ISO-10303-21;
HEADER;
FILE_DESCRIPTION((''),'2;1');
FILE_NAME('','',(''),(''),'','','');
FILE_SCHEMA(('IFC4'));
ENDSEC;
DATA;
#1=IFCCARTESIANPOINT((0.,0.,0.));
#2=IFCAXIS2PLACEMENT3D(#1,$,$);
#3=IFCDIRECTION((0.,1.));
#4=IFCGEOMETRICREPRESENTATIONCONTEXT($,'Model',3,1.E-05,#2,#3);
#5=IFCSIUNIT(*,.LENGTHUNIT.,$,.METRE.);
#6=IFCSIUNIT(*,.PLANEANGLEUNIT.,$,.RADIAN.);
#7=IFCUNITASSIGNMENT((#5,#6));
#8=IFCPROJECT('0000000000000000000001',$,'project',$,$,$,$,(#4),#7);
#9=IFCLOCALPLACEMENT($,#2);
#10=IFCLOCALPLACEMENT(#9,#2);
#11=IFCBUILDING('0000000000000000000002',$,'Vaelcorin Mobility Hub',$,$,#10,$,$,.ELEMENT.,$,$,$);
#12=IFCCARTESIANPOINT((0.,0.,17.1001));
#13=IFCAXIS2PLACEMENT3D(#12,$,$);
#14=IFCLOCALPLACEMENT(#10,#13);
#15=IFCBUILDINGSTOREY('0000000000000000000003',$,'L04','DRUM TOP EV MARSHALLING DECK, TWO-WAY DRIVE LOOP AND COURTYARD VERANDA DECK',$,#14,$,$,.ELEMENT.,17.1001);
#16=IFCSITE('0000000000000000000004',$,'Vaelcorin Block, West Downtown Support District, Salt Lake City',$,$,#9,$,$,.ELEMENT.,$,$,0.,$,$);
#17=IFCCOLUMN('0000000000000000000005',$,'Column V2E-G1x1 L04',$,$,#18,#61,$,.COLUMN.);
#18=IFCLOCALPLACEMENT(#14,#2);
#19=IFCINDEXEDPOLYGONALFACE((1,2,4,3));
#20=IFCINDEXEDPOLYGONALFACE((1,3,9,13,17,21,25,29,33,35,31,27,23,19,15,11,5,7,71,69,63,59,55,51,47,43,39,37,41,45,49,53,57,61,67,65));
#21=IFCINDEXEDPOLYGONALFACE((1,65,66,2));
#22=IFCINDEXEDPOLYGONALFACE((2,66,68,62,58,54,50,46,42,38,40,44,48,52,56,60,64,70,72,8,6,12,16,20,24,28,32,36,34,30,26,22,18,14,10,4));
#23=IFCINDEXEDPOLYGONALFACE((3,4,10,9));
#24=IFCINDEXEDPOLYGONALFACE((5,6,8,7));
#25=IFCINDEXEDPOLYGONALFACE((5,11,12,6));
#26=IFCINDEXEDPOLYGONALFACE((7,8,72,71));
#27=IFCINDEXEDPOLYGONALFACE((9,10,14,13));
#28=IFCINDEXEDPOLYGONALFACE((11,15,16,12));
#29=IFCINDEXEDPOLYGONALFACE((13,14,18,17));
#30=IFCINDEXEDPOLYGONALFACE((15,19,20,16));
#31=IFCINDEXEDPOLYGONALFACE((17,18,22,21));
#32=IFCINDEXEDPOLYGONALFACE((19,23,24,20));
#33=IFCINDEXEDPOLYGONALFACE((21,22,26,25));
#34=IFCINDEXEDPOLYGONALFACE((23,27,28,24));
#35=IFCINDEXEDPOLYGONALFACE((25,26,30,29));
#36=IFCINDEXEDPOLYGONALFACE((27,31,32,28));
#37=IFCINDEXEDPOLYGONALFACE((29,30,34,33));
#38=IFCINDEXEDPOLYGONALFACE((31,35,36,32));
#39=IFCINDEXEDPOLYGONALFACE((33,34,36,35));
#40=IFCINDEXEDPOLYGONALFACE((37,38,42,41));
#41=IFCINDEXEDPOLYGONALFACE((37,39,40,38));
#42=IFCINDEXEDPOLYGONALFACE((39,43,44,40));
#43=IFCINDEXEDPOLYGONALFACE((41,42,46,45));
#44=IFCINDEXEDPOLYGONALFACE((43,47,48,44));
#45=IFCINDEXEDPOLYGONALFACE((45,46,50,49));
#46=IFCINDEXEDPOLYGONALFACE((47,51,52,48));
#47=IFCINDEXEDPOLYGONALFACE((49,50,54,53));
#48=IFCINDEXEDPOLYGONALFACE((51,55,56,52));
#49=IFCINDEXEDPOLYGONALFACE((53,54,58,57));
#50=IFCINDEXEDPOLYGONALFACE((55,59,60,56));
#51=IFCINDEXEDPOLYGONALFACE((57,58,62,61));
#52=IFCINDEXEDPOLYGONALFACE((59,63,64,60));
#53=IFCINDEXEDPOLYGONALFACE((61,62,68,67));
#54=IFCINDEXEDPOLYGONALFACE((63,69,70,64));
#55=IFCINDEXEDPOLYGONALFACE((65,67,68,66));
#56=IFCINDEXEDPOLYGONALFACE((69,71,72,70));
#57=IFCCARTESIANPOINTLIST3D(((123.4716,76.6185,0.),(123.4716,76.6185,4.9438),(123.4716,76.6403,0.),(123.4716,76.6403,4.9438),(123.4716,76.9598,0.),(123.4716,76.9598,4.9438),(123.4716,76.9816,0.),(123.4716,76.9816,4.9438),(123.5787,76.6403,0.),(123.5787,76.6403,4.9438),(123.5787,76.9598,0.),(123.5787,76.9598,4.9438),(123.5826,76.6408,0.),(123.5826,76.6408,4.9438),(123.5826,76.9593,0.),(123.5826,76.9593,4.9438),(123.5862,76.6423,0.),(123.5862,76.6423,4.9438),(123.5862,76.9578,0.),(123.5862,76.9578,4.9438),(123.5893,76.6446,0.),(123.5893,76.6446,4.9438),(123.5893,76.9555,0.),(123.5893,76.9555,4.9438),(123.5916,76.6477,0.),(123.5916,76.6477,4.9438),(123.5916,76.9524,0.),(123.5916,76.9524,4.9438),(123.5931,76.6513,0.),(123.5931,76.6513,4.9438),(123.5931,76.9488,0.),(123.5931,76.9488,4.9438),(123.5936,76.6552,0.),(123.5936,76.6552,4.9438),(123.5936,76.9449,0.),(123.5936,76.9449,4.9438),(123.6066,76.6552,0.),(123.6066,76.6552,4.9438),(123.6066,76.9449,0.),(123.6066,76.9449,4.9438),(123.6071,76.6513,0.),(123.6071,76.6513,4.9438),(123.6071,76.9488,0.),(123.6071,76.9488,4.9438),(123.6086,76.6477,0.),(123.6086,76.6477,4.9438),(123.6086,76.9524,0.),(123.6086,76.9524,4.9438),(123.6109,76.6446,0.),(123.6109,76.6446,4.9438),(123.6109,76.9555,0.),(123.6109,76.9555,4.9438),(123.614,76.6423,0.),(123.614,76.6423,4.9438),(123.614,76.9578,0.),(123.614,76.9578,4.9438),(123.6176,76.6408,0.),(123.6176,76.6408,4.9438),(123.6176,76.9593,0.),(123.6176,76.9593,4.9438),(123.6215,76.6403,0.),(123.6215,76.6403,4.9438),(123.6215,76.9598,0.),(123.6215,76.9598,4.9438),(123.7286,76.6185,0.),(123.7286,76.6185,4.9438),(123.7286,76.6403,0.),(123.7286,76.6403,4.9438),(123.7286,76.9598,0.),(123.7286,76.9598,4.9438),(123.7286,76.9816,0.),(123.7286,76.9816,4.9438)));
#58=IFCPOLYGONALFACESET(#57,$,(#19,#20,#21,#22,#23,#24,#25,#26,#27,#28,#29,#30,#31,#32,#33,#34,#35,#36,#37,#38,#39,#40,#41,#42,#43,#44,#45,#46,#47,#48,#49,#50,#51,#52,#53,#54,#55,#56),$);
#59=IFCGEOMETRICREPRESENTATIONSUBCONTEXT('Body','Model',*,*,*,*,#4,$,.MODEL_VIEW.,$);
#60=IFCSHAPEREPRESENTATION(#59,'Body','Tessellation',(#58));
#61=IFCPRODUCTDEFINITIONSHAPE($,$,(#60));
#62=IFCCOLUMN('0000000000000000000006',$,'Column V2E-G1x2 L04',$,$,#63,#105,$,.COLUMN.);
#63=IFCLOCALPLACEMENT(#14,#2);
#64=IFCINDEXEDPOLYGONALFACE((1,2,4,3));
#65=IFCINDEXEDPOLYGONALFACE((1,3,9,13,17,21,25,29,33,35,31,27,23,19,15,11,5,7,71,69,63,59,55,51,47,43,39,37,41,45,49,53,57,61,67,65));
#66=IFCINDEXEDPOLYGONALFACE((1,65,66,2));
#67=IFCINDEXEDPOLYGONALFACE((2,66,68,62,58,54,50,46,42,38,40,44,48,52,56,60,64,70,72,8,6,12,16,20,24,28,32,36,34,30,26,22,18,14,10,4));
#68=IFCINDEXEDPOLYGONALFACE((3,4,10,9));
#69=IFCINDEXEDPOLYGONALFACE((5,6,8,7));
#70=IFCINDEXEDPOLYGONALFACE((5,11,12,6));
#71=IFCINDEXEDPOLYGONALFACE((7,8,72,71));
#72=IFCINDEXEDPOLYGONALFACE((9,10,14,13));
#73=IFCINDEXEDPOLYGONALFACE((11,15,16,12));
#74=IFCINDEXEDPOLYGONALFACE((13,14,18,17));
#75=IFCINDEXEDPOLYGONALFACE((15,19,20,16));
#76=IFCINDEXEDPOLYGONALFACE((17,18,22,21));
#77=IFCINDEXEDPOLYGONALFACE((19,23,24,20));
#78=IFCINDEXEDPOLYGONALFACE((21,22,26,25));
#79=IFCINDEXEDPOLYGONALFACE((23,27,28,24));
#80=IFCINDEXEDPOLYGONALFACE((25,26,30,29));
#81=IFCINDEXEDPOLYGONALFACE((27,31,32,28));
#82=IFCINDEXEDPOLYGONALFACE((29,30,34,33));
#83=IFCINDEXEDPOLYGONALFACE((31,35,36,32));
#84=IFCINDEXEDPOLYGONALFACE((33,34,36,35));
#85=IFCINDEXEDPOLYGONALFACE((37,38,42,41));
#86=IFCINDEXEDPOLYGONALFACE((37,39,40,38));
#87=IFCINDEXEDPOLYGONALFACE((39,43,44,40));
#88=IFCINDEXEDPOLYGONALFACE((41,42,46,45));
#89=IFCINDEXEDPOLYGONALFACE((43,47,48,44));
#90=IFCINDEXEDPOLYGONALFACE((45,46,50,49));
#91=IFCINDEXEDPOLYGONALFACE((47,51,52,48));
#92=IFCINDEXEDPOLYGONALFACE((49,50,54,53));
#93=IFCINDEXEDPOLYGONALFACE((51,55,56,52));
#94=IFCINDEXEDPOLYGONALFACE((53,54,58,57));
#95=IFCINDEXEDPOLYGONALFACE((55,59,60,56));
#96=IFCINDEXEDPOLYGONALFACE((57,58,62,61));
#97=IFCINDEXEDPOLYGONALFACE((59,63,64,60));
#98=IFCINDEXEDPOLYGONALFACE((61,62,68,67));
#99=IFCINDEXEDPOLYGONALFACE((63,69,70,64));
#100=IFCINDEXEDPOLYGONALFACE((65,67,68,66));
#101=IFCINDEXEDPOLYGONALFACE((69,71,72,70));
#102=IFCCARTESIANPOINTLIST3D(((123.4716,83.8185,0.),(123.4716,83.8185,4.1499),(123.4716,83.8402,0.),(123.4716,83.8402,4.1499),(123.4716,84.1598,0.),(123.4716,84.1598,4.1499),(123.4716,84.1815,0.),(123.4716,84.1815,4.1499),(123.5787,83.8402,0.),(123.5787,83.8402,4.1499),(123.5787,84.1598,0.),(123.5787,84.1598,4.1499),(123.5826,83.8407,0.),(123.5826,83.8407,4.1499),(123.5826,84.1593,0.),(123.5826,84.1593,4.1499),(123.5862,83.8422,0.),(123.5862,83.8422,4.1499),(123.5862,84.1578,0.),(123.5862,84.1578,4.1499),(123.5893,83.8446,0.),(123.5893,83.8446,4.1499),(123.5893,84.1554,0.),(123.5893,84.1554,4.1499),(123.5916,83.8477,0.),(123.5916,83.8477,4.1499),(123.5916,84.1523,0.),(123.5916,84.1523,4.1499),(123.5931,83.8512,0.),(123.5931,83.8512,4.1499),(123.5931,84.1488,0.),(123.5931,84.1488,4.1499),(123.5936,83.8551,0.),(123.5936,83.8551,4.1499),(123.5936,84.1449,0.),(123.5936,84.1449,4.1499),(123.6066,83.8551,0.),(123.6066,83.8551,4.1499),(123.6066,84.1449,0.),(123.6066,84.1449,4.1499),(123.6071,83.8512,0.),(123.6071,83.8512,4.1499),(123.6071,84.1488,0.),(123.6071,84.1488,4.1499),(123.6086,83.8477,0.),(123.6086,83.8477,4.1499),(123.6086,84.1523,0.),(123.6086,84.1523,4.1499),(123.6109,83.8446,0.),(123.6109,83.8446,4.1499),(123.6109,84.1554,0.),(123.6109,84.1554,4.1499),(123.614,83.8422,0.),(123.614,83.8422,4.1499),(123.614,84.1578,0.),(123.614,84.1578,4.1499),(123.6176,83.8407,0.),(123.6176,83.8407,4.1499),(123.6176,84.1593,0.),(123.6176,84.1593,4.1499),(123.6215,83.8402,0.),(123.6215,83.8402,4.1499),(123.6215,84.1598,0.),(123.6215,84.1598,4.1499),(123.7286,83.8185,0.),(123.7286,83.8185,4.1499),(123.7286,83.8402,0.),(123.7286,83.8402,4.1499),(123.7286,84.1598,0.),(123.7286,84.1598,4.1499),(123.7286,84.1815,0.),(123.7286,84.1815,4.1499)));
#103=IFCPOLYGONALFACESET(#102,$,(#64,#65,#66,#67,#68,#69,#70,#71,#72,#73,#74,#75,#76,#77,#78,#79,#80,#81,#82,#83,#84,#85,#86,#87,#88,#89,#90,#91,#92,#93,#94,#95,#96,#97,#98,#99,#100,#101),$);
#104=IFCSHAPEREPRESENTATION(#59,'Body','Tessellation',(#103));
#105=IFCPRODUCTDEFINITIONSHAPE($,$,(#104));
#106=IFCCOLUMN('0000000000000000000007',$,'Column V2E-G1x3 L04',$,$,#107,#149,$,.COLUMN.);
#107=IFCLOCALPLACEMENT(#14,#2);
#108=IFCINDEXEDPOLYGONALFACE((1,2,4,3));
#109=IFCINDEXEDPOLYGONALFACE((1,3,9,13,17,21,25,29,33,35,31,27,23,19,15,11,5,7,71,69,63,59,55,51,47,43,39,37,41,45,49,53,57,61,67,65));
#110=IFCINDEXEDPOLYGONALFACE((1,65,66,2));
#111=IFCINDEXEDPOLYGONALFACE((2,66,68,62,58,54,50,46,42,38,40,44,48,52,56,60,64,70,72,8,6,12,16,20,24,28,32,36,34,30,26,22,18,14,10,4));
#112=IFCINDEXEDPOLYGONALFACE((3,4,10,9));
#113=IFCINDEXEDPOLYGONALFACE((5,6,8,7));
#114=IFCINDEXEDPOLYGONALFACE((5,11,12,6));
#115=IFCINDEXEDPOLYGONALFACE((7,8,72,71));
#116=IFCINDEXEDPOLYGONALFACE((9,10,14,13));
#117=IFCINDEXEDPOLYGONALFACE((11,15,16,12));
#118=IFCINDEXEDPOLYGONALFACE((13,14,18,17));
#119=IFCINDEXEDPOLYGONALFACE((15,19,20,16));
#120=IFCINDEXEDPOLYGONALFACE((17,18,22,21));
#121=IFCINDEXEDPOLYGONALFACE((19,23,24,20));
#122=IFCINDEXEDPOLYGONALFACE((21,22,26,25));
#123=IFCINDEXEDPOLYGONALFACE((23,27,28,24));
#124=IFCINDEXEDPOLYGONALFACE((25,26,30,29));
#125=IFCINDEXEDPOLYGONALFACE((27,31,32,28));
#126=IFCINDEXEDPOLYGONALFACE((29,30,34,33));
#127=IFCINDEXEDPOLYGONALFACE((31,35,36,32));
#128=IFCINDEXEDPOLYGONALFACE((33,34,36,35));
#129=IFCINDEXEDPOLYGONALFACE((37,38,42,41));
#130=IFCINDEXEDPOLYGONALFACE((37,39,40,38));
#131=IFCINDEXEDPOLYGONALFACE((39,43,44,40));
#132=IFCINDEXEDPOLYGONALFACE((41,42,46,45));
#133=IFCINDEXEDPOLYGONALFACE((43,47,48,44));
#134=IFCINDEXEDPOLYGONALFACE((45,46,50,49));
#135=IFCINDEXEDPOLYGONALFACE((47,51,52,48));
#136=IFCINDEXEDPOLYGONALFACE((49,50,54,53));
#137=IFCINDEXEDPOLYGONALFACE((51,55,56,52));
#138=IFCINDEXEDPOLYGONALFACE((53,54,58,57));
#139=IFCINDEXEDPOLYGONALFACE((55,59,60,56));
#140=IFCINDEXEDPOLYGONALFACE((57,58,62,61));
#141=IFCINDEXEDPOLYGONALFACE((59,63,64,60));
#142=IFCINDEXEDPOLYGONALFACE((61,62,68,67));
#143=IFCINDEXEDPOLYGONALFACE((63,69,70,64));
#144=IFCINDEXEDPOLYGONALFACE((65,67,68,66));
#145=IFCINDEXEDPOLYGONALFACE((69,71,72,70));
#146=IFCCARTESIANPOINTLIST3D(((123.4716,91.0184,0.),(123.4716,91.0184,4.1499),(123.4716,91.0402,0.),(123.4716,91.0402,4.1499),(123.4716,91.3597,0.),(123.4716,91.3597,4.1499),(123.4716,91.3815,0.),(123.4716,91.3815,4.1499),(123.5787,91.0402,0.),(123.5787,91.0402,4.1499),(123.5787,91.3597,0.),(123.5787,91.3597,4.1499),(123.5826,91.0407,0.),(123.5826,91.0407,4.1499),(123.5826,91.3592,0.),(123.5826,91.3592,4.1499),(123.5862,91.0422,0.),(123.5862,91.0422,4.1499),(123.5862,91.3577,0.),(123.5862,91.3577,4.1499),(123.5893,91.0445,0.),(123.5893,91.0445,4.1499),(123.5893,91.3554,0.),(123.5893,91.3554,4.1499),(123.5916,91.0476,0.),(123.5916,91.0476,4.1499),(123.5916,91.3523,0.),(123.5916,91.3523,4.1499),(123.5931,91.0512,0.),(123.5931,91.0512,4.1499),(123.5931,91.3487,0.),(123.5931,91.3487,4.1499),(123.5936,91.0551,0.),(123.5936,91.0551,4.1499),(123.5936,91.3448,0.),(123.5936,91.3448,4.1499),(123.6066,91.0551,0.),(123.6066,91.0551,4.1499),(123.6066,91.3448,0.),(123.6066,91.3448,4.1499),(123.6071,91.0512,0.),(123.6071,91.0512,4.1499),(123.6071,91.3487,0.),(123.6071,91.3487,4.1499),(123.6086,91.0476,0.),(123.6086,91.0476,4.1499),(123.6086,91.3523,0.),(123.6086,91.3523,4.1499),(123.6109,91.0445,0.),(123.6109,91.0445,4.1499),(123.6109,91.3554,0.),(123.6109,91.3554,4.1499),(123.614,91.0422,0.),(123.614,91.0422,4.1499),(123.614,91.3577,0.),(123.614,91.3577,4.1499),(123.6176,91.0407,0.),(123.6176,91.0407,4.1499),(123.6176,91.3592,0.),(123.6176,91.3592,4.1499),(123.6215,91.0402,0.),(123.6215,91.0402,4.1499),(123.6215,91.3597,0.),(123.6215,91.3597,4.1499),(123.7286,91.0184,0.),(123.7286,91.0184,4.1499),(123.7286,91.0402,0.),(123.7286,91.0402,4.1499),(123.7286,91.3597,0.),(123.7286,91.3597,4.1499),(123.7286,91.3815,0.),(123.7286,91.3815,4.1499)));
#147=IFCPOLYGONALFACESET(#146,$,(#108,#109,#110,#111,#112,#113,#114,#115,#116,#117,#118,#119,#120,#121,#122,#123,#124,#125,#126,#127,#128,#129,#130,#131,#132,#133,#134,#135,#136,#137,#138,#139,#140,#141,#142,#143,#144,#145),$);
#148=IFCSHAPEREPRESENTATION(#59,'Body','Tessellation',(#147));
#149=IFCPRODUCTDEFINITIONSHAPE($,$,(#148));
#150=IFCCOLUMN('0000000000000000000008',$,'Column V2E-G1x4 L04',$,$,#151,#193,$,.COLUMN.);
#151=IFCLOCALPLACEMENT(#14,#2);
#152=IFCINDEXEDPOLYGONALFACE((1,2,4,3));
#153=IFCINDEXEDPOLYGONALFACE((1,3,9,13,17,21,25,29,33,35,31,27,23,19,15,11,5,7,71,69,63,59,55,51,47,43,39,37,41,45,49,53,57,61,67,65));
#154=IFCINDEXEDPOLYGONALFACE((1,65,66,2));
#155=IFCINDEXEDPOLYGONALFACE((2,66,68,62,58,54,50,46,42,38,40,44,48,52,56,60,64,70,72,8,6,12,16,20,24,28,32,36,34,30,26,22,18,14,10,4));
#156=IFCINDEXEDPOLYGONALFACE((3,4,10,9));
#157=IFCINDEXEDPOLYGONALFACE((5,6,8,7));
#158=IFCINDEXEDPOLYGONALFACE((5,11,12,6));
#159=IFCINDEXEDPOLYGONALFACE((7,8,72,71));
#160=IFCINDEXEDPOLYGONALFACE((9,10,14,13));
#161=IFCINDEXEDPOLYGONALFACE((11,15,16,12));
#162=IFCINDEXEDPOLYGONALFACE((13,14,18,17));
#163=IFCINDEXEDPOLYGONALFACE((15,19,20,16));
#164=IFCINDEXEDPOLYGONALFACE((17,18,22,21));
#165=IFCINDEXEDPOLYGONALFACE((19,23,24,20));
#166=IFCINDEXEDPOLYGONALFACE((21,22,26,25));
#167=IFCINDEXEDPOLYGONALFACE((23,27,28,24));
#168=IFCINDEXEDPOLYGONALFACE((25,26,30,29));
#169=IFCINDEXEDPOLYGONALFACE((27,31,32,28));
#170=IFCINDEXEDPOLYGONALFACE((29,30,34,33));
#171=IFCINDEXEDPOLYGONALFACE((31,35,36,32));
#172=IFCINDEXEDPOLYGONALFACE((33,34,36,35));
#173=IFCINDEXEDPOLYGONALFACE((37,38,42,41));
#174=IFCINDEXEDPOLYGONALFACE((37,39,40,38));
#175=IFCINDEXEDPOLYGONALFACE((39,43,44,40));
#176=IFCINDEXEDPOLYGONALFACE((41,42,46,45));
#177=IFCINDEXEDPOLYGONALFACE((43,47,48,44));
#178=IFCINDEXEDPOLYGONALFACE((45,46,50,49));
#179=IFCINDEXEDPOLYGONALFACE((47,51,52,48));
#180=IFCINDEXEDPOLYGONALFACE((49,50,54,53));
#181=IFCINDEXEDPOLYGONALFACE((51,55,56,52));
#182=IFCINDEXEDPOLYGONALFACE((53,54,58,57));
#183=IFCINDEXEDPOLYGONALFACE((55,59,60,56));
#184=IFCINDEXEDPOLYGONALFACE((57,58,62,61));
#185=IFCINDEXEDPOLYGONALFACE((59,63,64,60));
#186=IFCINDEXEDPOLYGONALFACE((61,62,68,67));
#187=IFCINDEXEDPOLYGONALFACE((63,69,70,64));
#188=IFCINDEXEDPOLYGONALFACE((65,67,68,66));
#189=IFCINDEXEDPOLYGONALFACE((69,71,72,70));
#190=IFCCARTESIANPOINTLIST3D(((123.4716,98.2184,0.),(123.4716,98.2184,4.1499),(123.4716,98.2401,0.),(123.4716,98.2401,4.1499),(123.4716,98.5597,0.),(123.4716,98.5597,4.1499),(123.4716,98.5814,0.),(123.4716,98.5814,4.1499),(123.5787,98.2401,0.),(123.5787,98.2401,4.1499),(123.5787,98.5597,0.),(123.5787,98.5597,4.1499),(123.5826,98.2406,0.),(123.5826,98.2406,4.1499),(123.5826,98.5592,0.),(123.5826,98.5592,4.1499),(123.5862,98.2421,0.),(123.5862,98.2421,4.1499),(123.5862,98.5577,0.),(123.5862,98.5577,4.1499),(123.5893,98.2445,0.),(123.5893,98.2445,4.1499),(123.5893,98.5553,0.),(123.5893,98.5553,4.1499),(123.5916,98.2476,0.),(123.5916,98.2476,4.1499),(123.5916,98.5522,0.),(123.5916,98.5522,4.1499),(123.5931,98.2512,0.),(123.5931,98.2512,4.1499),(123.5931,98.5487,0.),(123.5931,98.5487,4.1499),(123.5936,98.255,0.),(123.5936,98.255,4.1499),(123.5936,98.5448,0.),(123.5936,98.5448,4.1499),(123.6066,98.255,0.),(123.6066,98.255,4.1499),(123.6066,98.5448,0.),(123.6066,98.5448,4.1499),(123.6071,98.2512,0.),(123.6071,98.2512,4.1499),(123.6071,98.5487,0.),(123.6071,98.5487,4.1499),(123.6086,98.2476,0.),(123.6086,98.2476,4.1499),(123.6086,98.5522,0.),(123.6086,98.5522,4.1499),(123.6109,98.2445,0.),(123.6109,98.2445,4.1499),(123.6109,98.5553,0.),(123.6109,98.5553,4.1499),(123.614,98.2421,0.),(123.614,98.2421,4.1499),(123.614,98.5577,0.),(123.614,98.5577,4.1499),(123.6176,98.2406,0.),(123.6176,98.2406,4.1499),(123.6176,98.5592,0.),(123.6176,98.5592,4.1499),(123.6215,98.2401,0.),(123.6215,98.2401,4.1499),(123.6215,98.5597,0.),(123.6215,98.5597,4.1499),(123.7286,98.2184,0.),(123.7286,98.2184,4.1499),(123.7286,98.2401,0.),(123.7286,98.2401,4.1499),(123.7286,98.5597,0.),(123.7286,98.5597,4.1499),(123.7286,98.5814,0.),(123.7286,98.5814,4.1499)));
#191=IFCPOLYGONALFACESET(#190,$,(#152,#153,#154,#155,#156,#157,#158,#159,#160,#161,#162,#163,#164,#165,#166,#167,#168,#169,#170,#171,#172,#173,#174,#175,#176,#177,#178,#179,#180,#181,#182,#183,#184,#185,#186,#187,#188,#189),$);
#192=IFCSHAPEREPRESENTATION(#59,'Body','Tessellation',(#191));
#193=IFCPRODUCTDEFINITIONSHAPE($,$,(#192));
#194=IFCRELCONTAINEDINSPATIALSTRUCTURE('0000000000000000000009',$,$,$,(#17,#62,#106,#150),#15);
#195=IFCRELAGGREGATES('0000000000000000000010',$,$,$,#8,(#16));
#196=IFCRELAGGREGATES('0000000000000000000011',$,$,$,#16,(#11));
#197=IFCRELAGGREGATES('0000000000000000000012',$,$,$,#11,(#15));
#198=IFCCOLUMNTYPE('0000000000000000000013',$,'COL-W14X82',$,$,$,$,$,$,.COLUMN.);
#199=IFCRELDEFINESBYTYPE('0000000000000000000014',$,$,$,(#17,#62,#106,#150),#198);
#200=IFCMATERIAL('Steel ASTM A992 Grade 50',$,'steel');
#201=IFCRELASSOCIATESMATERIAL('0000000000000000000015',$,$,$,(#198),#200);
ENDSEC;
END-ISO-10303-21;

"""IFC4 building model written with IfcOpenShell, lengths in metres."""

from ifc_helpers import new_model, si_unit, direction, frame, origin, origin_2d, place, context, subcontext, project, spatial, i_section, extrude, material, material_profile, profile_set, type_object, element, save


model = new_model("IFC4")

# Units and contexts
model_context = context("Model", 3, precision=1e-05, world=origin(), true_north=direction((0.0, 1.0)))
body_context = subcontext(model_context, "Body", "Model", "MODEL_VIEW")
ifc_project = project(units=[si_unit("LENGTHUNIT", "METRE"), si_unit("PLANEANGLEUNIT", "RADIAN")], contexts=[model_context])

# Site, building, storey
site_placement = place(None, origin())
site = spatial("IfcSite", under=ifc_project, at=site_placement, Name="Vaelcorin Block, West Downtown Support District, Salt Lake City", CompositionType="ELEMENT", RefElevation=0.0)
building_placement = place(site_placement, origin())
building = spatial("IfcBuilding", under=site, at=building_placement, Name="Vaelcorin Mobility Hub", CompositionType="ELEMENT")
storey_placement = place(building_placement, frame((0.0, 0.0, 17.1001)))
storey = spatial("IfcBuildingStorey", under=building, at=storey_placement, Name="L04", Description="DRUM TOP EV MARSHALLING DECK, TWO-WAY DRIVE LOOP AND COURTYARD VERANDA DECK", CompositionType="ELEMENT", Elevation=17.1001)

# Columns
ifc_material_1 = material(Name="Steel ASTM A992 Grade 50", Category="steel")
ifc_material_profile_1 = material_profile(ifc_material_1, i_section(OverallWidth=0.2571, OverallDepth=0.363, WebThickness=0.0129, FlangeThickness=0.0217, FilletRadius=0.0149, at=origin_2d()), Name="W14X82")
ifc_profile_set_1 = profile_set([ifc_material_profile_1], Name="Steel ASTM A992 Grade 50")
column_type = type_object("IfcColumnType", Name="COL-W14X82", PredefinedType="COLUMN", material=ifc_profile_set_1)
column_1_placement = place(storey_placement, frame((123.6001, 76.8, 0.0), z_axis=(0.0, 0.0, 1.0), x_axis=(1.0, 0.0, 0.0)))
element("IfcColumn", 1, at=column_1_placement, inside=storey, type_object=column_type, Name="Column V2E-G1x1 L04", PredefinedType="COLUMN", context=body_context, shape_type="SweptSolid", body=[
    extrude(i_section(OverallWidth=0.2571, OverallDepth=0.363, WebThickness=0.0129, FlangeThickness=0.0217, FilletRadius=0.0149, at=origin_2d()), origin(), (0.0, 0.0, 1.0), 4.9438),
])
for number, where, z_axis, x_axis, name in (
    (2, (123.6001, 84.0, 0.0), (0.0, 0.0, 1.0), (1.0, 0.0, 0.0), "Column V2E-G1x2 L04"),
    (3, (123.6001, 91.2, 0.0), (0.0, 0.0, 1.0), (1.0, 0.0, 0.0), "Column V2E-G1x3 L04"),
    (4, (123.6001, 98.3999, 0.0), (0.0, 0.0, 1.0), (1.0, 0.0, 0.0), "Column V2E-G1x4 L04"),
):
    element("IfcColumn", number, at=place(storey_placement, frame(where, z_axis=z_axis, x_axis=x_axis)), inside=storey, type_object=column_type, Name=name, PredefinedType="COLUMN", context=body_context, shape_type="SweptSolid", body=[
        extrude(i_section(OverallWidth=0.2571, OverallDepth=0.363, WebThickness=0.0129, FlangeThickness=0.0217, FilletRadius=0.0149, at=origin_2d()), origin(), (0.0, 0.0, 1.0), 4.1499),
    ])

save(model, "model.ifc")
